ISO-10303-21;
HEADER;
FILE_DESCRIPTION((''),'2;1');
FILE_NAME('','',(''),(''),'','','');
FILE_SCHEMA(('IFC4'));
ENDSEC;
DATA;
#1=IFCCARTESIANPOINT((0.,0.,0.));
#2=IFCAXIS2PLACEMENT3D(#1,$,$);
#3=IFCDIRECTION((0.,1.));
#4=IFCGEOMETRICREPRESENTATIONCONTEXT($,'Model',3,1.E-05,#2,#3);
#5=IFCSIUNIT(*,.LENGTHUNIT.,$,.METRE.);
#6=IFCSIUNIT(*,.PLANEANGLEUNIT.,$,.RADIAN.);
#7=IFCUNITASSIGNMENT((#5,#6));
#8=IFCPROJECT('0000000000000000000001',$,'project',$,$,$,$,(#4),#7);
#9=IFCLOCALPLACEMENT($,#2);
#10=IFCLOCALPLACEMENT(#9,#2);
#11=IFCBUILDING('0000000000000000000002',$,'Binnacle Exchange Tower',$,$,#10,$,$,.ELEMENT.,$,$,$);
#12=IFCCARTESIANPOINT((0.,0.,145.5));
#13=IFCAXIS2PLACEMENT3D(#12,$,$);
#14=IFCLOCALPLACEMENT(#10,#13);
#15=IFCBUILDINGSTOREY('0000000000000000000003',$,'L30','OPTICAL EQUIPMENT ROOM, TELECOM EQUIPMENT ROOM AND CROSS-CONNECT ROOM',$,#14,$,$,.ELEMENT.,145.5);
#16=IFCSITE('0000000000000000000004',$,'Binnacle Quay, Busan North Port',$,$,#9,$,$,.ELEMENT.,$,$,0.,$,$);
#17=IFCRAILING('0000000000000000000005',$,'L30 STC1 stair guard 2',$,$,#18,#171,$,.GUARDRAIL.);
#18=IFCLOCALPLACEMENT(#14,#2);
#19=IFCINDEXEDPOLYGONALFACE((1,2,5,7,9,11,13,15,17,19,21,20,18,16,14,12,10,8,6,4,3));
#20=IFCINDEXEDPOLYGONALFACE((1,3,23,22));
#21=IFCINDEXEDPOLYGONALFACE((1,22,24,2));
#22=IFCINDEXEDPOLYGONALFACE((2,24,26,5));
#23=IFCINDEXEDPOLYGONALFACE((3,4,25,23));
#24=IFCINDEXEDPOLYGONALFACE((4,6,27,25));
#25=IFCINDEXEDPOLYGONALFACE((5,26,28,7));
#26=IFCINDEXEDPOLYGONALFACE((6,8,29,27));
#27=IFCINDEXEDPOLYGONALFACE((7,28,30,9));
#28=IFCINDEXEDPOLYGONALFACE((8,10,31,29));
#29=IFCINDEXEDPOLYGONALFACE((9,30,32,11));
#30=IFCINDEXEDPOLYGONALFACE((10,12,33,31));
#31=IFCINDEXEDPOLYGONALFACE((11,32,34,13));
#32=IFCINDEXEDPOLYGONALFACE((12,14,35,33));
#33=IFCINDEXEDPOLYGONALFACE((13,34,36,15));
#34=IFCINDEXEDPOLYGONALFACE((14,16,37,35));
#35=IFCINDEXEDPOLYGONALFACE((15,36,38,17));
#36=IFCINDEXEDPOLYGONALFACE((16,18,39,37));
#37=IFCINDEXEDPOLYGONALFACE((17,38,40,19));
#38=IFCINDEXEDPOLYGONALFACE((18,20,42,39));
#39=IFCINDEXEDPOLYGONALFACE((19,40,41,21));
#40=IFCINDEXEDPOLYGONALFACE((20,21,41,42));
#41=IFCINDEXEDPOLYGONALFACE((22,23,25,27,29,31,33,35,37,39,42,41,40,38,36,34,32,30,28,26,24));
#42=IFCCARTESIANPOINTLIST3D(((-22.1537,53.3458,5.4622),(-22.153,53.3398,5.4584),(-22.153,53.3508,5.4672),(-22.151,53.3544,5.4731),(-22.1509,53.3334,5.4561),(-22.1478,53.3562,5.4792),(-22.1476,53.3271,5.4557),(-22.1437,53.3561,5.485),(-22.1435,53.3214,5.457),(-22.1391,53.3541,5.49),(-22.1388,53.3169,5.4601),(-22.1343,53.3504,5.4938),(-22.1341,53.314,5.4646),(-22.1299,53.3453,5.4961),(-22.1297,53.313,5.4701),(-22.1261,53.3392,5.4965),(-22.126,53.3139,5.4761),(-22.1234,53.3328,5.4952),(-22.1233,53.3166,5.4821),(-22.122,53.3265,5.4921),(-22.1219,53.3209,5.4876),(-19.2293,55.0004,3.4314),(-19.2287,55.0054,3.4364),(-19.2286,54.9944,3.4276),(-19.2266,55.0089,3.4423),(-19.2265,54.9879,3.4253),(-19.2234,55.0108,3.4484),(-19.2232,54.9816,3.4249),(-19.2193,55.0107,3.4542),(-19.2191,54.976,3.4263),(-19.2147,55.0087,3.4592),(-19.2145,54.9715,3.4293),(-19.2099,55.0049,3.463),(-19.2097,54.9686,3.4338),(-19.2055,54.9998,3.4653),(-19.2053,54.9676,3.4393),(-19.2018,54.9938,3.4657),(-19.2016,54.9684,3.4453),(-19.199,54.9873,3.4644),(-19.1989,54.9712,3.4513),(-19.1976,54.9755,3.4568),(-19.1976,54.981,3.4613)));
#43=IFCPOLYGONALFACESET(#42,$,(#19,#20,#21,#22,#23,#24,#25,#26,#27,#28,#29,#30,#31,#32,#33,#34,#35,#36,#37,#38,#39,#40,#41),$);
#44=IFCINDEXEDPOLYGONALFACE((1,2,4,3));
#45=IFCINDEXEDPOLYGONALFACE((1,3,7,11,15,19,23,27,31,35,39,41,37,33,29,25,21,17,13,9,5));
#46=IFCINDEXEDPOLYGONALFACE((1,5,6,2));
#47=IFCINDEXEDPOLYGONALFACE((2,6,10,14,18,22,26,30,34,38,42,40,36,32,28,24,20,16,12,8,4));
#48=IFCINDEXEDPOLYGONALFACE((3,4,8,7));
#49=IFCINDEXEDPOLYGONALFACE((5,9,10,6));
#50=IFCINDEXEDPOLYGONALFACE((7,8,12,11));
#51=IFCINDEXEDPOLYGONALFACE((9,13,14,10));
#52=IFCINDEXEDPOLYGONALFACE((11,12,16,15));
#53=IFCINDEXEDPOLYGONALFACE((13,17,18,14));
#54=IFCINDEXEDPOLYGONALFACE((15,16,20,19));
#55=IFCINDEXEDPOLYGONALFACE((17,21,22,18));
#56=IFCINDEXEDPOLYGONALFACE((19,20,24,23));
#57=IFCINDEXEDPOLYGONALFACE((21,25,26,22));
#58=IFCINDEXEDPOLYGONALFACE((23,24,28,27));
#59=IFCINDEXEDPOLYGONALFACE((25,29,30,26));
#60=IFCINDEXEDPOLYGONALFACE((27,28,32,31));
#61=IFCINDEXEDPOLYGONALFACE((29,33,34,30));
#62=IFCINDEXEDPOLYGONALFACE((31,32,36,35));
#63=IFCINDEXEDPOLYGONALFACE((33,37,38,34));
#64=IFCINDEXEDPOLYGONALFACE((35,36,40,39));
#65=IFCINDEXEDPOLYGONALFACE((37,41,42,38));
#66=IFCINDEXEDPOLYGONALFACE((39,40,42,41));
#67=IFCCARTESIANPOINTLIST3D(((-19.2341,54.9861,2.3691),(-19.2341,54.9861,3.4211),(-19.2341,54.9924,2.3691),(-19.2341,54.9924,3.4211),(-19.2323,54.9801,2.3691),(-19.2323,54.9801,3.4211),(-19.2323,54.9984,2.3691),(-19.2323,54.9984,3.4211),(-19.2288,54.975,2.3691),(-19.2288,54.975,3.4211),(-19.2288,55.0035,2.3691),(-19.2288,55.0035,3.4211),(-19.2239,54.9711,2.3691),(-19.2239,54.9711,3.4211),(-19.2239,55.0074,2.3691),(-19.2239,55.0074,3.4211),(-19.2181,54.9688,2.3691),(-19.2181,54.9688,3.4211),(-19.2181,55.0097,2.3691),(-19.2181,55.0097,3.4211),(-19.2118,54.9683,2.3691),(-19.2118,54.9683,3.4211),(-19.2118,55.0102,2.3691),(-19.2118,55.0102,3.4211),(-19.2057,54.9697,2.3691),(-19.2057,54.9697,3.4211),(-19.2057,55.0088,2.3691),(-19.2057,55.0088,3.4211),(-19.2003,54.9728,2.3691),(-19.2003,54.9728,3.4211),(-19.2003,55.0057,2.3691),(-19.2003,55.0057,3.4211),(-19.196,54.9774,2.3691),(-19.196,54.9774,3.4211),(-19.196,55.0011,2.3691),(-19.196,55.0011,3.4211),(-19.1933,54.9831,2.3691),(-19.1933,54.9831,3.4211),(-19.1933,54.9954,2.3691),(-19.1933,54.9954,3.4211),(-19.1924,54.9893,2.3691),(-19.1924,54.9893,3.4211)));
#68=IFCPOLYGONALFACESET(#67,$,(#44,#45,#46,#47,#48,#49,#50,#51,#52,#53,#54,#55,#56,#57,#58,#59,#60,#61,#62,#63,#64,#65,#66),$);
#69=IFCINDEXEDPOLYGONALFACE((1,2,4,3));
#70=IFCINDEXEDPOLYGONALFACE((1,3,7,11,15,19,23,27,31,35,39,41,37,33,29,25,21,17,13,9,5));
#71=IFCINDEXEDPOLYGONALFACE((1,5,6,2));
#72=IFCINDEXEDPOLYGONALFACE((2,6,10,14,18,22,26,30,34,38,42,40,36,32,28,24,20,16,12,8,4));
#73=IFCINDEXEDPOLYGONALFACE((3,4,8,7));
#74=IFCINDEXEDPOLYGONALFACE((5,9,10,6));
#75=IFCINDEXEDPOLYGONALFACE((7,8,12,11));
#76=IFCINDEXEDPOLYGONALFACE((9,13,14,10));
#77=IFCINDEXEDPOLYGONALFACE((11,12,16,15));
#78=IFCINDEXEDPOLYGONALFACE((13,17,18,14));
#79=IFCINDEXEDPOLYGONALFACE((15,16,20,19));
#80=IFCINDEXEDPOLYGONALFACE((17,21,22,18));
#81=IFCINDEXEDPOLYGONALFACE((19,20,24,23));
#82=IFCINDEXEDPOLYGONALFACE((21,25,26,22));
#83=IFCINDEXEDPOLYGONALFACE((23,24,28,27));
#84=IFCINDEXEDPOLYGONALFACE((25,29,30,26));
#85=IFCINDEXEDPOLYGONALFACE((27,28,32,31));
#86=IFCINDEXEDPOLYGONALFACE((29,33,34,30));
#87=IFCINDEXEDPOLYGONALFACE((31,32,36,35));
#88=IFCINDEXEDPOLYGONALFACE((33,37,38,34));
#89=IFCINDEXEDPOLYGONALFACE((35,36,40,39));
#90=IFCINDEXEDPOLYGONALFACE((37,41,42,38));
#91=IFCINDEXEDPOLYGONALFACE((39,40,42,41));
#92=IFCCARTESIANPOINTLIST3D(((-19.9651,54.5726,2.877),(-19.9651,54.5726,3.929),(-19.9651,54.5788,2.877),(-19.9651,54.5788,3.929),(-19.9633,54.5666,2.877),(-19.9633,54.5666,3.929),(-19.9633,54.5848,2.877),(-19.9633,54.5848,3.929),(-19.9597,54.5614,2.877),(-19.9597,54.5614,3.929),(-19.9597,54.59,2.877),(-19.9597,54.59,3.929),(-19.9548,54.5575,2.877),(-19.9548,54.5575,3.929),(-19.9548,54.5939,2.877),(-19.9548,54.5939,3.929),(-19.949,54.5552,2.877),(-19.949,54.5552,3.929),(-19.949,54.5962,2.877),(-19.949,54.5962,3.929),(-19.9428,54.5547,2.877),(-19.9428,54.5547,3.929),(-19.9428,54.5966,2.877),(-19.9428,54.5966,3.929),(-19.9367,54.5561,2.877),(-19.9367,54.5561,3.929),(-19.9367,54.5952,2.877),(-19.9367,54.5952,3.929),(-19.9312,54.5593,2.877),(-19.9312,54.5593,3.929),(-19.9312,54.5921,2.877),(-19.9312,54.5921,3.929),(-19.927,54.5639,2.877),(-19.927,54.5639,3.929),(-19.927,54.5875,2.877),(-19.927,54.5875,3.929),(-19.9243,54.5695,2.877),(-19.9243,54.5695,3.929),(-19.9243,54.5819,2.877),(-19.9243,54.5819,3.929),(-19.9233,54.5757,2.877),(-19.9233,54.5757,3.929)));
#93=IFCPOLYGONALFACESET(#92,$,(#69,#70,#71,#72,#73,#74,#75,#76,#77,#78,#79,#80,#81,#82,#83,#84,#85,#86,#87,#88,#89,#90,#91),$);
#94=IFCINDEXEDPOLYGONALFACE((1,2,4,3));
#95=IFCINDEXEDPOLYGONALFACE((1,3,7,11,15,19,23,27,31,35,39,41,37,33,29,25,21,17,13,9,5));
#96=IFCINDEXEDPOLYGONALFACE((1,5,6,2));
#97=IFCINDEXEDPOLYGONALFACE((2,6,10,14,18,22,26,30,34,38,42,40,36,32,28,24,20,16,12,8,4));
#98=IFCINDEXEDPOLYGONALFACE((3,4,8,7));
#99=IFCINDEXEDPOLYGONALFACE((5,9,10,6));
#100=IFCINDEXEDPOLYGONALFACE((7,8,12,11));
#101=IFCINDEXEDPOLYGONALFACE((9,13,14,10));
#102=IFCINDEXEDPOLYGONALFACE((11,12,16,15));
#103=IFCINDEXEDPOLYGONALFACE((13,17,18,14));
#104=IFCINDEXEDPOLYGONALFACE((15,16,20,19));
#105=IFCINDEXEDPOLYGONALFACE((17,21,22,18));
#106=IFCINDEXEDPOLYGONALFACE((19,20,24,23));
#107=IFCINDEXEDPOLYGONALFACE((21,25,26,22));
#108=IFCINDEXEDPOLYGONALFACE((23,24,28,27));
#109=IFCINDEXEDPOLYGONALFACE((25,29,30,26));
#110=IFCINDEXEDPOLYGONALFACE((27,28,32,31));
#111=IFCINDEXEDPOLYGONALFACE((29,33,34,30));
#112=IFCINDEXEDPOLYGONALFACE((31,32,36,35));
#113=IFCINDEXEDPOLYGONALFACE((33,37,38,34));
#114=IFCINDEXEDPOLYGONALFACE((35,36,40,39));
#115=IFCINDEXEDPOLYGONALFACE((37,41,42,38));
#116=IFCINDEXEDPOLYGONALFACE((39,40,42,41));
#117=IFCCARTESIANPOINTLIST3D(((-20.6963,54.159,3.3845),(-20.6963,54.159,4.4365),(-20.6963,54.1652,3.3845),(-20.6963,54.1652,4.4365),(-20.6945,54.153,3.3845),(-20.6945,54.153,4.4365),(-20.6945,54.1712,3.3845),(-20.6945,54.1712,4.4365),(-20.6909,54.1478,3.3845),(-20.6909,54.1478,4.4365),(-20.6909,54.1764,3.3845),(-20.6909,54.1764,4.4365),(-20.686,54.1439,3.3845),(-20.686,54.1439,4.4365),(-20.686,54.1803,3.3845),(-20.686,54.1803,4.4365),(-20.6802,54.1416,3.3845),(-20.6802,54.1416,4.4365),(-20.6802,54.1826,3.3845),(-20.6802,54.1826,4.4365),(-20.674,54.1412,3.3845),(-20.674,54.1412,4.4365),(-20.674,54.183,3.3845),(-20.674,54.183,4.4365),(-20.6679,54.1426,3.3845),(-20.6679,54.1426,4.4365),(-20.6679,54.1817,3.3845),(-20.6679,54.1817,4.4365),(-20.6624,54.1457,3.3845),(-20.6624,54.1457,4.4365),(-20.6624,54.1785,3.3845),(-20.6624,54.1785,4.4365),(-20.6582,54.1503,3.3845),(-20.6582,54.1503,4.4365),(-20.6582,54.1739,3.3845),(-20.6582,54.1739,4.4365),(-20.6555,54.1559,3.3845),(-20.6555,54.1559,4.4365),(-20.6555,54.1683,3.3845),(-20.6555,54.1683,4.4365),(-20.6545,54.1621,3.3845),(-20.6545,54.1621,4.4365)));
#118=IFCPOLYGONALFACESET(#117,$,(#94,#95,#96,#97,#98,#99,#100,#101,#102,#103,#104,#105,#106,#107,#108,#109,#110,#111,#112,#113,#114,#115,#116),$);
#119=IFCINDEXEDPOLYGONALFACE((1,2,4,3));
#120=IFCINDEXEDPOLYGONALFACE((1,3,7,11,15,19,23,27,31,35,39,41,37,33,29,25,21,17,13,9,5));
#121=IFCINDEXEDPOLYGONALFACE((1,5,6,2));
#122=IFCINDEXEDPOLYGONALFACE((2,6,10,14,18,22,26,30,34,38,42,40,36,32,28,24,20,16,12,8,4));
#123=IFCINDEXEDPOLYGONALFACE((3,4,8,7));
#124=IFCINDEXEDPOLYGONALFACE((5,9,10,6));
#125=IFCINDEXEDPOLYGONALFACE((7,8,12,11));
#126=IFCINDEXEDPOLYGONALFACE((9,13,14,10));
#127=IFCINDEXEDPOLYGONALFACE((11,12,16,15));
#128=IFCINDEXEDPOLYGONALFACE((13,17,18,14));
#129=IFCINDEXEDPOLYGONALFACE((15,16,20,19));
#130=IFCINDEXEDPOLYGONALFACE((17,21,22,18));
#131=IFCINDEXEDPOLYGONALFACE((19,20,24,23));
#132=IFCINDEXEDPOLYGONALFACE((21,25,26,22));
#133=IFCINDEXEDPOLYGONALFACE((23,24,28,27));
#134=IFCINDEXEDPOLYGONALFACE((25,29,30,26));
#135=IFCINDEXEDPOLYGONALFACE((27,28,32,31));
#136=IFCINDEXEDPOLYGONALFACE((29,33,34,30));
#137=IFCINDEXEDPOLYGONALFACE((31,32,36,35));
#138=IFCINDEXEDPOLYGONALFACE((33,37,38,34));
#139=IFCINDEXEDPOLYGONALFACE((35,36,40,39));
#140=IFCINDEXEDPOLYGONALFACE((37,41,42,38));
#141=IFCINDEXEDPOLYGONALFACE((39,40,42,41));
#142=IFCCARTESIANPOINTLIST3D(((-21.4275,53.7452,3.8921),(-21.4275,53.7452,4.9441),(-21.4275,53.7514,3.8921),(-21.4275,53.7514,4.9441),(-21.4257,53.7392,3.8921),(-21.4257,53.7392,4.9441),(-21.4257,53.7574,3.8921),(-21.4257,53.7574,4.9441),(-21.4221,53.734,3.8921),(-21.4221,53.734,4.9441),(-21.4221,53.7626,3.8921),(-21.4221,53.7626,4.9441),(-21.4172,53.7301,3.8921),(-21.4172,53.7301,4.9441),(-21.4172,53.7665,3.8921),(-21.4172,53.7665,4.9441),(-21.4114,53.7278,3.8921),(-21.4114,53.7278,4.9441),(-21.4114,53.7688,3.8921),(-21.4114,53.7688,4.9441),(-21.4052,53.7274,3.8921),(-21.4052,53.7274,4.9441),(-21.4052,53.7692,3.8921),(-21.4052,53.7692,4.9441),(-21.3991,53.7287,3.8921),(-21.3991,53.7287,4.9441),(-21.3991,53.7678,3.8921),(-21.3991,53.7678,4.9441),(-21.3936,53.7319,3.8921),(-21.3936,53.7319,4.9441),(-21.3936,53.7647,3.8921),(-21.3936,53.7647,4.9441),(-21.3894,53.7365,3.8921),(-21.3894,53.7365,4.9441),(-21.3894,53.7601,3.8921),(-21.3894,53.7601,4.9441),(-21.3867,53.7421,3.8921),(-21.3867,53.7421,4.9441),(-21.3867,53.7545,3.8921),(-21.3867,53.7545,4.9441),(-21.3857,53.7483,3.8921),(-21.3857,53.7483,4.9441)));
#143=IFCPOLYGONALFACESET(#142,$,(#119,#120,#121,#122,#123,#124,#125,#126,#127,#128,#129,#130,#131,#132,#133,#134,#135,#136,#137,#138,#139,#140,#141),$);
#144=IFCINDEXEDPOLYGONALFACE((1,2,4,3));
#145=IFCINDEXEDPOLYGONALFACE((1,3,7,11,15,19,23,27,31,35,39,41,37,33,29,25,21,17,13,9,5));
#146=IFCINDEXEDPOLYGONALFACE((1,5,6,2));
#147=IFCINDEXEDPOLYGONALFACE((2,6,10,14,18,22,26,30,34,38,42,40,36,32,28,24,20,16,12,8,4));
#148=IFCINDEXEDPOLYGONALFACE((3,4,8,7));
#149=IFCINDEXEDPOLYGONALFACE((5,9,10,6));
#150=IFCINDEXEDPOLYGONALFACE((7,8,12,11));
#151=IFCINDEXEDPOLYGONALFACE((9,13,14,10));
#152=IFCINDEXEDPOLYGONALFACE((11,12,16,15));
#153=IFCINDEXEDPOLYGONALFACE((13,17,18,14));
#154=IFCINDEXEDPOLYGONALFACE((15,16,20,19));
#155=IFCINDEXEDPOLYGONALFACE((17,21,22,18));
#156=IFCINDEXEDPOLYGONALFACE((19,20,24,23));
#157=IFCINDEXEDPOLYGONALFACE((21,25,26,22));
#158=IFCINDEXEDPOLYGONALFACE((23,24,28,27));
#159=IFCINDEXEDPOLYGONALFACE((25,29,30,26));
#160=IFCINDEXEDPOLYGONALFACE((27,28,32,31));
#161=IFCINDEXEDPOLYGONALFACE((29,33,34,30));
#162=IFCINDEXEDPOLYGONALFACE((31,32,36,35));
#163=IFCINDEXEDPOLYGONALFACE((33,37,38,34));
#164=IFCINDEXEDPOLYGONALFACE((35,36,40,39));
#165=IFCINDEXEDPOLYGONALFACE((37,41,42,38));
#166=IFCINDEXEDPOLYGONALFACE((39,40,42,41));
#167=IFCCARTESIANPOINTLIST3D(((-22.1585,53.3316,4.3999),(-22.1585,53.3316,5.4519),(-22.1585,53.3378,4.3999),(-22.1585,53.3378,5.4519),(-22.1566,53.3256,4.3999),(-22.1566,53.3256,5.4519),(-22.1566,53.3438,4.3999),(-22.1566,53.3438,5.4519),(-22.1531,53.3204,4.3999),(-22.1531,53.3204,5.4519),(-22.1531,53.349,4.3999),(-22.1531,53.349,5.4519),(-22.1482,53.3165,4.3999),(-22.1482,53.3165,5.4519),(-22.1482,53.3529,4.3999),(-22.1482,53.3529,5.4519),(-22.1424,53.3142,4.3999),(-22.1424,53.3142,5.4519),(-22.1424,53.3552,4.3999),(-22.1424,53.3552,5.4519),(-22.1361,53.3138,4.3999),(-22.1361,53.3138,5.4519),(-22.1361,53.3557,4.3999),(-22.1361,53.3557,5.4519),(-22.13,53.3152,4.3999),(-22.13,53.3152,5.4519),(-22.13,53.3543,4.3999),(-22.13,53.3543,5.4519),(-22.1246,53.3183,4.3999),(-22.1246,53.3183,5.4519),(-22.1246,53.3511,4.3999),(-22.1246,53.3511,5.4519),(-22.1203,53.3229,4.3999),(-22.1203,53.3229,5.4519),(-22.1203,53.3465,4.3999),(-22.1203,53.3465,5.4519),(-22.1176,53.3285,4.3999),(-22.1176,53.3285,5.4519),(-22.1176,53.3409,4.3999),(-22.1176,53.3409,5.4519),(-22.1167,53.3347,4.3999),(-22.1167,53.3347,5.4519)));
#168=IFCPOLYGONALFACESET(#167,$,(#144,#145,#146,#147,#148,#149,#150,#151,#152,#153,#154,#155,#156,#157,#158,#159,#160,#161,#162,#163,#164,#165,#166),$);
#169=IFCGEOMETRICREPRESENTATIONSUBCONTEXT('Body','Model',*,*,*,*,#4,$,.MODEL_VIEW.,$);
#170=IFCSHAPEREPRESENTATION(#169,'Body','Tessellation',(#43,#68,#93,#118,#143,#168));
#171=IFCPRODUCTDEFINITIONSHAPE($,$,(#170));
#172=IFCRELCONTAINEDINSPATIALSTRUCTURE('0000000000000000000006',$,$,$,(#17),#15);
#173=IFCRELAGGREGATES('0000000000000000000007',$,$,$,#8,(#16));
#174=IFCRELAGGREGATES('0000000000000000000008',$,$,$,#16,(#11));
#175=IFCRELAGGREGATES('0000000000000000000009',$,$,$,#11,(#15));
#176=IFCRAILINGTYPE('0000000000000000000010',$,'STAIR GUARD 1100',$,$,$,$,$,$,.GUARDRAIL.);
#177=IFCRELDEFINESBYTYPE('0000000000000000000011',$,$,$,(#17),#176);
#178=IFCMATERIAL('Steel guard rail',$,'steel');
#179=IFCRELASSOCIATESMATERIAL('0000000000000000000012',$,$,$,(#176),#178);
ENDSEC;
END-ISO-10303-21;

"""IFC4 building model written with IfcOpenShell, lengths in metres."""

from ifc_helpers import new_model, si_unit, direction, frame, origin, origin_2d, place, context, subcontext, project, spatial, circle, extrude, material, type_object, element, save


model = new_model("IFC4")

# Units and contexts
model_context = context("Model", 3, precision=1e-05, world=origin(), true_north=direction((0.0, 1.0)))
body_context = subcontext(model_context, "Body", "Model", "MODEL_VIEW")
ifc_project = project(units=[si_unit("LENGTHUNIT", "METRE"), si_unit("PLANEANGLEUNIT", "RADIAN")], contexts=[model_context])

# Site, building, storey
site_placement = place(None, origin())
site = spatial("IfcSite", under=ifc_project, at=site_placement, Name="Binnacle Quay, Busan North Port", CompositionType="ELEMENT", RefElevation=0.0)
building_placement = place(site_placement, origin())
building = spatial("IfcBuilding", under=site, at=building_placement, Name="Binnacle Exchange Tower", CompositionType="ELEMENT")
storey_placement = place(building_placement, frame((0.0, 0.0, 145.5)))
storey = spatial("IfcBuildingStorey", under=building, at=storey_placement, Name="L30", Description="OPTICAL EQUIPMENT ROOM, TELECOM EQUIPMENT ROOM AND CROSS-CONNECT ROOM", CompositionType="ELEMENT", Elevation=145.5)

# Railing
ifc_material_1 = material(Name="Steel guard rail", Category="steel")
railing_type_1 = type_object("IfcRailingType", Name="STAIR GUARD 1100", PredefinedType="GUARDRAIL", material=ifc_material_1)
railing_1_placement = place(storey_placement, frame((-19.2134, 54.9893, 2.3691)))
element("IfcRailing", 1, at=railing_1_placement, inside=storey, type_object=railing_type_1, Name="L30 STC1 stair guard 2", PredefinedType="GUARDRAIL", context=body_context, shape_type="SweptSolid", body=[
    extrude(circle(Radius=0.0239, at=origin_2d()), frame((0.0, 0.0, 1.0762), z_axis=(-0.744867, -0.421437, 0.517266), x_axis=(0.492433, -0.87035, 0.0)), (0.0, 0.0, 1.0), 3.926),
    extrude(circle(Radius=0.021, at=origin_2d()), origin(), (0.0, 0.0, 1.0), 1.052),
    extrude(circle(Radius=0.021, at=origin_2d()), frame((-0.731, -0.4136, 0.5078)), (0.0, 0.0, 1.0), 1.052),
    extrude(circle(Radius=0.021, at=origin_2d()), frame((-1.4622, -0.8271, 1.0154)), (0.0, 0.0, 1.0), 1.052),
    extrude(circle(Radius=0.021, at=origin_2d()), frame((-2.1934, -1.241, 1.5229)), (0.0, 0.0, 1.0), 1.052),
    extrude(circle(Radius=0.021, at=origin_2d()), frame((-2.9243, -1.6545, 2.0308)), (0.0, 0.0, 1.0), 1.052),
])

save(model, "model.ifc")
